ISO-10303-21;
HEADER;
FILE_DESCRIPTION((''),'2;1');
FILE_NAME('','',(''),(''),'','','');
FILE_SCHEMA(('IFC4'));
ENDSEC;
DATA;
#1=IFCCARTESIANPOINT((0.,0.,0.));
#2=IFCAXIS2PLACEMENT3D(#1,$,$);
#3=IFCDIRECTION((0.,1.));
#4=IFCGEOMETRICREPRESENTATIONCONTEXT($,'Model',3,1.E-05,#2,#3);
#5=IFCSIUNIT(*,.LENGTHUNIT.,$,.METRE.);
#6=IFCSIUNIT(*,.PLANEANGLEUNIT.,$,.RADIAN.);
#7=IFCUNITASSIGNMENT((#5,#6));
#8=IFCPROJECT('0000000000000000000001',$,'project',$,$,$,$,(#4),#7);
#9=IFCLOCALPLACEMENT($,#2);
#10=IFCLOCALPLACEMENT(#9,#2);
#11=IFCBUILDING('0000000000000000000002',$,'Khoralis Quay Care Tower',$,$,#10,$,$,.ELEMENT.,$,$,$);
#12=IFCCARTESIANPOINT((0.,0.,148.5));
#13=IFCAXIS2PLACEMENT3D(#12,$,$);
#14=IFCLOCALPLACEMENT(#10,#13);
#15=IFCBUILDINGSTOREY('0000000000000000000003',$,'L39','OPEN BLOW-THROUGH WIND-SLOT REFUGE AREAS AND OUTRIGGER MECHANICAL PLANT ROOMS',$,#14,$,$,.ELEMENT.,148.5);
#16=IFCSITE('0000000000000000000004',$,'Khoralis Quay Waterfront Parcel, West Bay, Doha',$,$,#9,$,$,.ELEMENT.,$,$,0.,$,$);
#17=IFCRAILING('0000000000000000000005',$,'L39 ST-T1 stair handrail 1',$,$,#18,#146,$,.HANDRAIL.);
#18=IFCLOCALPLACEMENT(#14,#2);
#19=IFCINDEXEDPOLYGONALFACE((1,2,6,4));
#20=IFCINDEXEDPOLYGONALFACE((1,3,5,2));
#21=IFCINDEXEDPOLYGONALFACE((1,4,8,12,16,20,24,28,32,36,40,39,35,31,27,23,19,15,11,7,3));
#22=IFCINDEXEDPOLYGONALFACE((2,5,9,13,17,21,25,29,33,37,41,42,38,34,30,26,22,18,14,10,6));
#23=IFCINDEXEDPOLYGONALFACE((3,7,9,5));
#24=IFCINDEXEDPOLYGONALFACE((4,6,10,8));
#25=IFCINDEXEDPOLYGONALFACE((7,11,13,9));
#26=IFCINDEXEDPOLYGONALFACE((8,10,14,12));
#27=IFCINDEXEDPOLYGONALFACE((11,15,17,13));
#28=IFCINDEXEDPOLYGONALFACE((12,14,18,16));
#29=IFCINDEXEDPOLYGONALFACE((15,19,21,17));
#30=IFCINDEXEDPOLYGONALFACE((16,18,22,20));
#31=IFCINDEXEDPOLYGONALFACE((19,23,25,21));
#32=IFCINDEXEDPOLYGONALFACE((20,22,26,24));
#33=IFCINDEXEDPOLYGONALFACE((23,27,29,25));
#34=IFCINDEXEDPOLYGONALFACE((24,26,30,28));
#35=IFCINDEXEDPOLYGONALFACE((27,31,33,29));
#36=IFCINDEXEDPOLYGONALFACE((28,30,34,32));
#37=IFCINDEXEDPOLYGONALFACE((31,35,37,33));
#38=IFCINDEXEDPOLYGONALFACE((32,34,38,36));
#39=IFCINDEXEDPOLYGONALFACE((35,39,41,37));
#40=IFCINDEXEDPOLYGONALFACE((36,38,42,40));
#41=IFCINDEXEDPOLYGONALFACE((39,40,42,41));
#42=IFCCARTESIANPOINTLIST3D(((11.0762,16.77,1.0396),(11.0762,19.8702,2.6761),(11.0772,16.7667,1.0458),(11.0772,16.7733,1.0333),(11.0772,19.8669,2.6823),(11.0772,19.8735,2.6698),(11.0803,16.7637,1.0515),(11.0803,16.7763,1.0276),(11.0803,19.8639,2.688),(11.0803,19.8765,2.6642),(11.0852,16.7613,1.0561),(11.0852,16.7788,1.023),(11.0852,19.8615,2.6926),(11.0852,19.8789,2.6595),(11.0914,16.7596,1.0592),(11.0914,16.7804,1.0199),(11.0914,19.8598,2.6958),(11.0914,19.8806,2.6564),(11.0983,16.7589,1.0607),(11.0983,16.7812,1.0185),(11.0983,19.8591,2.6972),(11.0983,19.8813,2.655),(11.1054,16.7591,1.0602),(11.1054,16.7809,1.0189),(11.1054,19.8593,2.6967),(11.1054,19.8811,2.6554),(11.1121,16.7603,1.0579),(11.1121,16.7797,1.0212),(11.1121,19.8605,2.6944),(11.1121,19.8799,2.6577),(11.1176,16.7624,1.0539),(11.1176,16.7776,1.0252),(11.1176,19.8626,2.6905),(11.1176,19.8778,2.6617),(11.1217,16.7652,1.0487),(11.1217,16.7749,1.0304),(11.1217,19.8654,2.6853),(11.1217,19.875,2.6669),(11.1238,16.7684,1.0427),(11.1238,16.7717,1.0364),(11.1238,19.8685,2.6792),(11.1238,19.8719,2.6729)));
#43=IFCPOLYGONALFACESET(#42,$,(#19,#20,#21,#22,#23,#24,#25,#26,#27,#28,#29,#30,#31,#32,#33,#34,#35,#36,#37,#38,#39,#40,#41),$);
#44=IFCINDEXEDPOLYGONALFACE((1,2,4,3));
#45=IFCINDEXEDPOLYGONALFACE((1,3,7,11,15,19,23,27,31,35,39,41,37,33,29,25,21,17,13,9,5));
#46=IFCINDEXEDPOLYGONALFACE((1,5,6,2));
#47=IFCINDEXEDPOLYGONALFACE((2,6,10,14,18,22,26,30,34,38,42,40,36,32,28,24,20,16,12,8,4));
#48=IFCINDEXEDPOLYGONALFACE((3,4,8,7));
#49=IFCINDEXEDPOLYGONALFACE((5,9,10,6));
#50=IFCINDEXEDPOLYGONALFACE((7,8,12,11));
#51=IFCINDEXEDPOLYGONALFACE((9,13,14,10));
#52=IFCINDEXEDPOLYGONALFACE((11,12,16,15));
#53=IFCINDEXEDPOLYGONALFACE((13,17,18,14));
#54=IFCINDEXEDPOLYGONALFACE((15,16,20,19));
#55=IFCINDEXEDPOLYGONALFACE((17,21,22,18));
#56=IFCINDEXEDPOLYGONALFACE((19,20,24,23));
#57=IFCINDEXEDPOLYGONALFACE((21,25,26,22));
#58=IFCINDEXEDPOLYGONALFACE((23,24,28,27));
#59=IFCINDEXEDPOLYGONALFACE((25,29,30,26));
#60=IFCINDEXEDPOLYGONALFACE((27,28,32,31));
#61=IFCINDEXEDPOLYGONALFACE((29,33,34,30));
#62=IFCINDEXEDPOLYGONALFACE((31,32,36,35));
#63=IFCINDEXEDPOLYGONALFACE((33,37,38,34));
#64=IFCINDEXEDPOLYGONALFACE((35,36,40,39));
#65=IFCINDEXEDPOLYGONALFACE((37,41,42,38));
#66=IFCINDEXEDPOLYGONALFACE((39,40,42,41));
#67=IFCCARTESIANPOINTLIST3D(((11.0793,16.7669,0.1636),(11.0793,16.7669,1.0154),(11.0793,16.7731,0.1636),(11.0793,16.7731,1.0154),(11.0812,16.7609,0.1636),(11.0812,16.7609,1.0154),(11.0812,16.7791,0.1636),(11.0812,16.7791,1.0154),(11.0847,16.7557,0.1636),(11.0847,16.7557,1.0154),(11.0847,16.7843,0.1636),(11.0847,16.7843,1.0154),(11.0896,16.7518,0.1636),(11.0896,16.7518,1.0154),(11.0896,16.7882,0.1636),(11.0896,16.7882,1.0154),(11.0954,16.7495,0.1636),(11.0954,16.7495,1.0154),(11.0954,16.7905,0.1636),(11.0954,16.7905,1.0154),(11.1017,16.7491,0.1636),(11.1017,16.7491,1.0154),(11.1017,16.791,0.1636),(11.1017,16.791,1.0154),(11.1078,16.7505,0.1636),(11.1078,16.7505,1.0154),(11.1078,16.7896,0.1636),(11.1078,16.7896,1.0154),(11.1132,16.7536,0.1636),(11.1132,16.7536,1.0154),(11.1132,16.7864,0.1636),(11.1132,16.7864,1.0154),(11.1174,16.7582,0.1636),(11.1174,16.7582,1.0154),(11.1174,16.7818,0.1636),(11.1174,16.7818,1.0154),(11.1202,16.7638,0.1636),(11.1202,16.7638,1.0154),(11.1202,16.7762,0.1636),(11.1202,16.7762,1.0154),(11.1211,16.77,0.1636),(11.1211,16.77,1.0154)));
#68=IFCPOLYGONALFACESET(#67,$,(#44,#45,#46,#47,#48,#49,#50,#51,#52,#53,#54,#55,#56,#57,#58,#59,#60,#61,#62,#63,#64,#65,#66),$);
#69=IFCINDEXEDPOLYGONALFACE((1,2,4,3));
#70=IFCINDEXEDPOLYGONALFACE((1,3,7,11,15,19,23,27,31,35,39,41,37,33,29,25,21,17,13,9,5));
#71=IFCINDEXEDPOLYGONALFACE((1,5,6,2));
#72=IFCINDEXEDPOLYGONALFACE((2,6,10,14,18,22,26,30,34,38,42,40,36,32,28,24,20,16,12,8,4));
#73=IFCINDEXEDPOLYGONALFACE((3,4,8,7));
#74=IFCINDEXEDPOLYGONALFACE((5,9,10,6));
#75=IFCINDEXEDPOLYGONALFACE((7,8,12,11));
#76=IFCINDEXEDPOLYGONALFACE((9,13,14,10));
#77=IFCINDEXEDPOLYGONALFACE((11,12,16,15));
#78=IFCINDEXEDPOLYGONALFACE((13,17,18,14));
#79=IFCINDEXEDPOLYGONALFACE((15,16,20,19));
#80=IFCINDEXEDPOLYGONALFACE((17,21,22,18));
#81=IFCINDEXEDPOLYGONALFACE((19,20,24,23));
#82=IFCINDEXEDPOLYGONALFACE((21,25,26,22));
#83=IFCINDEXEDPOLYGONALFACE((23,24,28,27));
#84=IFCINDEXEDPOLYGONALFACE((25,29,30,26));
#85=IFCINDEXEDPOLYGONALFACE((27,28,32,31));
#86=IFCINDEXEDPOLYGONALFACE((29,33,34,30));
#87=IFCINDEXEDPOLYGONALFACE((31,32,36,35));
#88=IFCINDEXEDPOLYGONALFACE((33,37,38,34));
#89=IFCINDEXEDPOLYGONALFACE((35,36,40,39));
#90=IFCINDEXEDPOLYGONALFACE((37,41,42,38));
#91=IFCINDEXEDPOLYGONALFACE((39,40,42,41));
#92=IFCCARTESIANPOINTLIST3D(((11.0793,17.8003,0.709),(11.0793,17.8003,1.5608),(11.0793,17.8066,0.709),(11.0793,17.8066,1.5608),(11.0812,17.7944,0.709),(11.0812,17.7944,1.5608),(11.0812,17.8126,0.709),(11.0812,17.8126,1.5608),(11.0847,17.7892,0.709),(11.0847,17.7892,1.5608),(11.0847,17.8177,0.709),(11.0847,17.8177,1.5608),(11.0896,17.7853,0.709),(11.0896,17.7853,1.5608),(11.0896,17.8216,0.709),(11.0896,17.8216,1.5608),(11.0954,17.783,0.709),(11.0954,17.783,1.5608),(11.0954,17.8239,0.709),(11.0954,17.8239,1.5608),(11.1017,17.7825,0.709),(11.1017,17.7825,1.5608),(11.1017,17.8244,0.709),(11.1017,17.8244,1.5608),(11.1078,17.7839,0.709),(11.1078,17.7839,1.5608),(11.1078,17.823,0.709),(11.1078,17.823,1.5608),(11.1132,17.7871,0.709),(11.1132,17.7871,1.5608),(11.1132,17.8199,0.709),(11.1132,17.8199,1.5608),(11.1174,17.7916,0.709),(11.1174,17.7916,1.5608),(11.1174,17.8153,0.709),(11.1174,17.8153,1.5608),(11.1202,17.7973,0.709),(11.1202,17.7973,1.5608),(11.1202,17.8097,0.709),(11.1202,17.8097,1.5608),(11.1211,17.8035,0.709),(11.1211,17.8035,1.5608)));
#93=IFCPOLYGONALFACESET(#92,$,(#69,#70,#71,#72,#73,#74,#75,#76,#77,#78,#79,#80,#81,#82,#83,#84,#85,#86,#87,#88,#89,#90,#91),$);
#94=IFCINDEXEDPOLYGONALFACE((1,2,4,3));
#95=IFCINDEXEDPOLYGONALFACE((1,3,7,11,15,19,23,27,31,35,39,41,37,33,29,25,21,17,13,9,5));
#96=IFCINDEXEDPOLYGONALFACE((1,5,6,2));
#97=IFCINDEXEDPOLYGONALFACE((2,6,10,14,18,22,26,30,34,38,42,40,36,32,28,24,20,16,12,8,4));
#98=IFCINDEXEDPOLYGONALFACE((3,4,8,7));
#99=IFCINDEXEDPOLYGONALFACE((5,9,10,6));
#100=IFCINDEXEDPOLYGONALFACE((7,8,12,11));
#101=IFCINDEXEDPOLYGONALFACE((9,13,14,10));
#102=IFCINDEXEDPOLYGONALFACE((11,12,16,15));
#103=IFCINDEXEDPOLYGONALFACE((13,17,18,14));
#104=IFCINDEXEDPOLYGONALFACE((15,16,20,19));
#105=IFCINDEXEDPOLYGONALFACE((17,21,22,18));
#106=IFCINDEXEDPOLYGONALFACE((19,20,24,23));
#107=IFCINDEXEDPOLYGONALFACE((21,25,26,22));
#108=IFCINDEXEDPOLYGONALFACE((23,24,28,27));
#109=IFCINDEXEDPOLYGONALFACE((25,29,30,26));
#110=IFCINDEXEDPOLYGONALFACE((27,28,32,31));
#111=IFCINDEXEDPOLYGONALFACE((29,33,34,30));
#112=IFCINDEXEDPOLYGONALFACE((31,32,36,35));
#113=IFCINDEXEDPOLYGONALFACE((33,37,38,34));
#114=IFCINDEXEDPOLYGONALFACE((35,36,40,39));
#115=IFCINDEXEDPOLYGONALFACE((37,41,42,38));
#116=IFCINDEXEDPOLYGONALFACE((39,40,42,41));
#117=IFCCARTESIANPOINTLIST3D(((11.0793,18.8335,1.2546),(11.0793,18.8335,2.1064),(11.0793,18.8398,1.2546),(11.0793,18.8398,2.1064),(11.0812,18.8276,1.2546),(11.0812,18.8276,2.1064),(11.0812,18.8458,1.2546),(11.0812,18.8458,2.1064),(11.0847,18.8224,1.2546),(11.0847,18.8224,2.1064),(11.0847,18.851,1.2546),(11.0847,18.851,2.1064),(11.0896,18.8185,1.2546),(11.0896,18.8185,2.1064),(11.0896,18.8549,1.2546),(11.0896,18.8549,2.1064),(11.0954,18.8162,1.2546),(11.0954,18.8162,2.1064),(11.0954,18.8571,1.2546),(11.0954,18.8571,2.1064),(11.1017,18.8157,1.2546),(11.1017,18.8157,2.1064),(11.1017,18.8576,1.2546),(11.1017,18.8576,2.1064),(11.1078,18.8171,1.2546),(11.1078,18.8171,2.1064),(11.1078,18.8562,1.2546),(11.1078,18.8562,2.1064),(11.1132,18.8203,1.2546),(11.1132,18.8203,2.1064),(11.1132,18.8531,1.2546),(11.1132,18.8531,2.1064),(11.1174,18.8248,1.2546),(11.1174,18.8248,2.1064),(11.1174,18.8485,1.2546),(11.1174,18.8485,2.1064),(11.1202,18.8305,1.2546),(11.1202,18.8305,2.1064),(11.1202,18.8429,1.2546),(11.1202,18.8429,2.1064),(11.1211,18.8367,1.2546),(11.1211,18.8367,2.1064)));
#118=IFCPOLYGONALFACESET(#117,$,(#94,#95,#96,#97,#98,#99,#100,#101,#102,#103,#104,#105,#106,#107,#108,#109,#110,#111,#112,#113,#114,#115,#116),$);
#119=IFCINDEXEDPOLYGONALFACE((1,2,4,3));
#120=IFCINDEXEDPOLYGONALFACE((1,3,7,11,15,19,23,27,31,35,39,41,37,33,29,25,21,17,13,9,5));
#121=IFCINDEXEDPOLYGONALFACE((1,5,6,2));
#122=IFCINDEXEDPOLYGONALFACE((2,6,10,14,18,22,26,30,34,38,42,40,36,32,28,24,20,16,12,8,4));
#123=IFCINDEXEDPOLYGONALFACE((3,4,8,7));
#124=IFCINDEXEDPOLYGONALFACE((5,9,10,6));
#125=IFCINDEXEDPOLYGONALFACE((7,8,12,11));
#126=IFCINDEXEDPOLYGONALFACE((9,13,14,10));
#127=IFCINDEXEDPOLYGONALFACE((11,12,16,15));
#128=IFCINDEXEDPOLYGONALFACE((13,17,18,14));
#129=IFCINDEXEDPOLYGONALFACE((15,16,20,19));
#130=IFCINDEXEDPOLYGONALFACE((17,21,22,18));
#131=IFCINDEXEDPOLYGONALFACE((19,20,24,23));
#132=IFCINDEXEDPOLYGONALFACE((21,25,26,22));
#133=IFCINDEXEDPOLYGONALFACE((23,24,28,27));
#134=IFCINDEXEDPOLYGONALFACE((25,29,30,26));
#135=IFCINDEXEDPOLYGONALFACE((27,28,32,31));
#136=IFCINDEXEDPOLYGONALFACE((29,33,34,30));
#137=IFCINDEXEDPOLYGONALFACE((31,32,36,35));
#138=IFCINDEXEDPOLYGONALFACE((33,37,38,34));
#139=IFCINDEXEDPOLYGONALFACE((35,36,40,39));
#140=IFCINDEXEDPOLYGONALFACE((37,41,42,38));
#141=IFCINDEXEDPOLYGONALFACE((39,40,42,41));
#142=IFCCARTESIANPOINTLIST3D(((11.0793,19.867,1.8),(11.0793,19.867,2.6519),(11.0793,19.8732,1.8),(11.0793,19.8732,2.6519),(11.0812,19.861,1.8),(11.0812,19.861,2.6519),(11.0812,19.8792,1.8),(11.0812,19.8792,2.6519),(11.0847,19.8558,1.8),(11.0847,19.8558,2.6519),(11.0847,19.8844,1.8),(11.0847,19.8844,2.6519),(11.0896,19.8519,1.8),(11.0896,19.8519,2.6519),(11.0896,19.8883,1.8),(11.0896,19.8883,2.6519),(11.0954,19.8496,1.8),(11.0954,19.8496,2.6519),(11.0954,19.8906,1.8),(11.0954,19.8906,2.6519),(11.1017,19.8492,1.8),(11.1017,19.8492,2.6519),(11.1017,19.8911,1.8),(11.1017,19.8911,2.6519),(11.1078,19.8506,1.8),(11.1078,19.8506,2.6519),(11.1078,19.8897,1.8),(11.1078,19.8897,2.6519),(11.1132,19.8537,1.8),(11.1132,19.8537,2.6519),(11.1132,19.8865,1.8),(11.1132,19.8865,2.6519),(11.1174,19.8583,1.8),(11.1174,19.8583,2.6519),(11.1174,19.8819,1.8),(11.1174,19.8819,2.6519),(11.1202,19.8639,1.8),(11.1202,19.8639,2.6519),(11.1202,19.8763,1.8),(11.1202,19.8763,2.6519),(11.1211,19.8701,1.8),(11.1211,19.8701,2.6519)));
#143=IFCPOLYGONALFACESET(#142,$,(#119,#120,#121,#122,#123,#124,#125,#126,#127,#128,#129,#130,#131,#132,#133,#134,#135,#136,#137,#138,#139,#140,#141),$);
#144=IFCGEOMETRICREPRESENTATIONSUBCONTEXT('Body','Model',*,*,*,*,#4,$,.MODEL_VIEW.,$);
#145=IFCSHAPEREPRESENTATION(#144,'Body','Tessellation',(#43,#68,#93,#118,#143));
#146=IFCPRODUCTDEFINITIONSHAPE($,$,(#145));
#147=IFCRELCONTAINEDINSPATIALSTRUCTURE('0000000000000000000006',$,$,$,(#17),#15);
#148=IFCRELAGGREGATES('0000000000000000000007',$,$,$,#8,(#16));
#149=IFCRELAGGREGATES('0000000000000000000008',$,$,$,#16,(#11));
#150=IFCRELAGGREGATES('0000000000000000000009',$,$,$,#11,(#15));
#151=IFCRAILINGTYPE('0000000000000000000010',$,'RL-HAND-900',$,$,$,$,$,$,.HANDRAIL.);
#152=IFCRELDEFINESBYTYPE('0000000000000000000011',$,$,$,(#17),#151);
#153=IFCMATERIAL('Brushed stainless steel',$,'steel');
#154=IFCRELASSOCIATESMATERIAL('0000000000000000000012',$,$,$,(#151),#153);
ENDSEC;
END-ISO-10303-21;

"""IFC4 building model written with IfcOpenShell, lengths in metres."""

from ifc_helpers import new_model, si_unit, direction, frame, origin, origin_2d, place, context, subcontext, project, spatial, circle, extrude, material, type_object, element, save


model = new_model("IFC4")

# Units and contexts
model_context = context("Model", 3, precision=1e-05, world=origin(), true_north=direction((0.0, 1.0)))
body_context = subcontext(model_context, "Body", "Model", "MODEL_VIEW")
ifc_project = project(units=[si_unit("LENGTHUNIT", "METRE"), si_unit("PLANEANGLEUNIT", "RADIAN")], contexts=[model_context])

# Site, building, storey
site_placement = place(None, origin())
site = spatial("IfcSite", under=ifc_project, at=site_placement, Name="Khoralis Quay Waterfront Parcel, West Bay, Doha", CompositionType="ELEMENT", RefElevation=0.0)
building_placement = place(site_placement, origin())
building = spatial("IfcBuilding", under=site, at=building_placement, Name="Khoralis Quay Care Tower", CompositionType="ELEMENT")
storey_placement = place(building_placement, frame((0.0, 0.0, 148.5)))
storey = spatial("IfcBuildingStorey", under=building, at=storey_placement, Name="L39", Description="OPEN BLOW-THROUGH WIND-SLOT REFUGE AREAS AND OUTRIGGER MECHANICAL PLANT ROOMS", CompositionType="ELEMENT", Elevation=148.5)

# Railing
ifc_material_1 = material(Name="Brushed stainless steel", Category="steel")
railing_type_1 = type_object("IfcRailingType", Name="RL-HAND-900", PredefinedType="HANDRAIL", material=ifc_material_1)
railing_1_placement = place(storey_placement, frame((11.1001, 16.77, 0.1636)))
element("IfcRailing", 1, at=railing_1_placement, inside=storey, type_object=railing_type_1, Name="L39 ST-T1 stair handrail 1", PredefinedType="HANDRAIL", context=body_context, shape_type="SweptSolid", body=[
    extrude(circle(Radius=0.0239, at=origin_2d()), frame((0.0, 0.0, 0.876), z_axis=(0.0, 0.884348, 0.466828), x_axis=(-1.0, 0.0, 0.0)), (0.0, 0.0, 1.0), 3.5056),
    extrude(circle(Radius=0.021, at=origin_2d()), origin(), (0.0, 0.0, 1.0), 0.8518),
    extrude(circle(Radius=0.021, at=origin_2d()), frame((0.0, 1.0334, 0.5454)), (0.0, 0.0, 1.0), 0.8518),
    extrude(circle(Radius=0.021, at=origin_2d()), frame((0.0, 2.0667, 1.0911)), (0.0, 0.0, 1.0), 0.8518),
    extrude(circle(Radius=0.021, at=origin_2d()), frame((0.0, 3.1001, 1.6365)), (0.0, 0.0, 1.0), 0.8518),
])

save(model, "model.ifc")
